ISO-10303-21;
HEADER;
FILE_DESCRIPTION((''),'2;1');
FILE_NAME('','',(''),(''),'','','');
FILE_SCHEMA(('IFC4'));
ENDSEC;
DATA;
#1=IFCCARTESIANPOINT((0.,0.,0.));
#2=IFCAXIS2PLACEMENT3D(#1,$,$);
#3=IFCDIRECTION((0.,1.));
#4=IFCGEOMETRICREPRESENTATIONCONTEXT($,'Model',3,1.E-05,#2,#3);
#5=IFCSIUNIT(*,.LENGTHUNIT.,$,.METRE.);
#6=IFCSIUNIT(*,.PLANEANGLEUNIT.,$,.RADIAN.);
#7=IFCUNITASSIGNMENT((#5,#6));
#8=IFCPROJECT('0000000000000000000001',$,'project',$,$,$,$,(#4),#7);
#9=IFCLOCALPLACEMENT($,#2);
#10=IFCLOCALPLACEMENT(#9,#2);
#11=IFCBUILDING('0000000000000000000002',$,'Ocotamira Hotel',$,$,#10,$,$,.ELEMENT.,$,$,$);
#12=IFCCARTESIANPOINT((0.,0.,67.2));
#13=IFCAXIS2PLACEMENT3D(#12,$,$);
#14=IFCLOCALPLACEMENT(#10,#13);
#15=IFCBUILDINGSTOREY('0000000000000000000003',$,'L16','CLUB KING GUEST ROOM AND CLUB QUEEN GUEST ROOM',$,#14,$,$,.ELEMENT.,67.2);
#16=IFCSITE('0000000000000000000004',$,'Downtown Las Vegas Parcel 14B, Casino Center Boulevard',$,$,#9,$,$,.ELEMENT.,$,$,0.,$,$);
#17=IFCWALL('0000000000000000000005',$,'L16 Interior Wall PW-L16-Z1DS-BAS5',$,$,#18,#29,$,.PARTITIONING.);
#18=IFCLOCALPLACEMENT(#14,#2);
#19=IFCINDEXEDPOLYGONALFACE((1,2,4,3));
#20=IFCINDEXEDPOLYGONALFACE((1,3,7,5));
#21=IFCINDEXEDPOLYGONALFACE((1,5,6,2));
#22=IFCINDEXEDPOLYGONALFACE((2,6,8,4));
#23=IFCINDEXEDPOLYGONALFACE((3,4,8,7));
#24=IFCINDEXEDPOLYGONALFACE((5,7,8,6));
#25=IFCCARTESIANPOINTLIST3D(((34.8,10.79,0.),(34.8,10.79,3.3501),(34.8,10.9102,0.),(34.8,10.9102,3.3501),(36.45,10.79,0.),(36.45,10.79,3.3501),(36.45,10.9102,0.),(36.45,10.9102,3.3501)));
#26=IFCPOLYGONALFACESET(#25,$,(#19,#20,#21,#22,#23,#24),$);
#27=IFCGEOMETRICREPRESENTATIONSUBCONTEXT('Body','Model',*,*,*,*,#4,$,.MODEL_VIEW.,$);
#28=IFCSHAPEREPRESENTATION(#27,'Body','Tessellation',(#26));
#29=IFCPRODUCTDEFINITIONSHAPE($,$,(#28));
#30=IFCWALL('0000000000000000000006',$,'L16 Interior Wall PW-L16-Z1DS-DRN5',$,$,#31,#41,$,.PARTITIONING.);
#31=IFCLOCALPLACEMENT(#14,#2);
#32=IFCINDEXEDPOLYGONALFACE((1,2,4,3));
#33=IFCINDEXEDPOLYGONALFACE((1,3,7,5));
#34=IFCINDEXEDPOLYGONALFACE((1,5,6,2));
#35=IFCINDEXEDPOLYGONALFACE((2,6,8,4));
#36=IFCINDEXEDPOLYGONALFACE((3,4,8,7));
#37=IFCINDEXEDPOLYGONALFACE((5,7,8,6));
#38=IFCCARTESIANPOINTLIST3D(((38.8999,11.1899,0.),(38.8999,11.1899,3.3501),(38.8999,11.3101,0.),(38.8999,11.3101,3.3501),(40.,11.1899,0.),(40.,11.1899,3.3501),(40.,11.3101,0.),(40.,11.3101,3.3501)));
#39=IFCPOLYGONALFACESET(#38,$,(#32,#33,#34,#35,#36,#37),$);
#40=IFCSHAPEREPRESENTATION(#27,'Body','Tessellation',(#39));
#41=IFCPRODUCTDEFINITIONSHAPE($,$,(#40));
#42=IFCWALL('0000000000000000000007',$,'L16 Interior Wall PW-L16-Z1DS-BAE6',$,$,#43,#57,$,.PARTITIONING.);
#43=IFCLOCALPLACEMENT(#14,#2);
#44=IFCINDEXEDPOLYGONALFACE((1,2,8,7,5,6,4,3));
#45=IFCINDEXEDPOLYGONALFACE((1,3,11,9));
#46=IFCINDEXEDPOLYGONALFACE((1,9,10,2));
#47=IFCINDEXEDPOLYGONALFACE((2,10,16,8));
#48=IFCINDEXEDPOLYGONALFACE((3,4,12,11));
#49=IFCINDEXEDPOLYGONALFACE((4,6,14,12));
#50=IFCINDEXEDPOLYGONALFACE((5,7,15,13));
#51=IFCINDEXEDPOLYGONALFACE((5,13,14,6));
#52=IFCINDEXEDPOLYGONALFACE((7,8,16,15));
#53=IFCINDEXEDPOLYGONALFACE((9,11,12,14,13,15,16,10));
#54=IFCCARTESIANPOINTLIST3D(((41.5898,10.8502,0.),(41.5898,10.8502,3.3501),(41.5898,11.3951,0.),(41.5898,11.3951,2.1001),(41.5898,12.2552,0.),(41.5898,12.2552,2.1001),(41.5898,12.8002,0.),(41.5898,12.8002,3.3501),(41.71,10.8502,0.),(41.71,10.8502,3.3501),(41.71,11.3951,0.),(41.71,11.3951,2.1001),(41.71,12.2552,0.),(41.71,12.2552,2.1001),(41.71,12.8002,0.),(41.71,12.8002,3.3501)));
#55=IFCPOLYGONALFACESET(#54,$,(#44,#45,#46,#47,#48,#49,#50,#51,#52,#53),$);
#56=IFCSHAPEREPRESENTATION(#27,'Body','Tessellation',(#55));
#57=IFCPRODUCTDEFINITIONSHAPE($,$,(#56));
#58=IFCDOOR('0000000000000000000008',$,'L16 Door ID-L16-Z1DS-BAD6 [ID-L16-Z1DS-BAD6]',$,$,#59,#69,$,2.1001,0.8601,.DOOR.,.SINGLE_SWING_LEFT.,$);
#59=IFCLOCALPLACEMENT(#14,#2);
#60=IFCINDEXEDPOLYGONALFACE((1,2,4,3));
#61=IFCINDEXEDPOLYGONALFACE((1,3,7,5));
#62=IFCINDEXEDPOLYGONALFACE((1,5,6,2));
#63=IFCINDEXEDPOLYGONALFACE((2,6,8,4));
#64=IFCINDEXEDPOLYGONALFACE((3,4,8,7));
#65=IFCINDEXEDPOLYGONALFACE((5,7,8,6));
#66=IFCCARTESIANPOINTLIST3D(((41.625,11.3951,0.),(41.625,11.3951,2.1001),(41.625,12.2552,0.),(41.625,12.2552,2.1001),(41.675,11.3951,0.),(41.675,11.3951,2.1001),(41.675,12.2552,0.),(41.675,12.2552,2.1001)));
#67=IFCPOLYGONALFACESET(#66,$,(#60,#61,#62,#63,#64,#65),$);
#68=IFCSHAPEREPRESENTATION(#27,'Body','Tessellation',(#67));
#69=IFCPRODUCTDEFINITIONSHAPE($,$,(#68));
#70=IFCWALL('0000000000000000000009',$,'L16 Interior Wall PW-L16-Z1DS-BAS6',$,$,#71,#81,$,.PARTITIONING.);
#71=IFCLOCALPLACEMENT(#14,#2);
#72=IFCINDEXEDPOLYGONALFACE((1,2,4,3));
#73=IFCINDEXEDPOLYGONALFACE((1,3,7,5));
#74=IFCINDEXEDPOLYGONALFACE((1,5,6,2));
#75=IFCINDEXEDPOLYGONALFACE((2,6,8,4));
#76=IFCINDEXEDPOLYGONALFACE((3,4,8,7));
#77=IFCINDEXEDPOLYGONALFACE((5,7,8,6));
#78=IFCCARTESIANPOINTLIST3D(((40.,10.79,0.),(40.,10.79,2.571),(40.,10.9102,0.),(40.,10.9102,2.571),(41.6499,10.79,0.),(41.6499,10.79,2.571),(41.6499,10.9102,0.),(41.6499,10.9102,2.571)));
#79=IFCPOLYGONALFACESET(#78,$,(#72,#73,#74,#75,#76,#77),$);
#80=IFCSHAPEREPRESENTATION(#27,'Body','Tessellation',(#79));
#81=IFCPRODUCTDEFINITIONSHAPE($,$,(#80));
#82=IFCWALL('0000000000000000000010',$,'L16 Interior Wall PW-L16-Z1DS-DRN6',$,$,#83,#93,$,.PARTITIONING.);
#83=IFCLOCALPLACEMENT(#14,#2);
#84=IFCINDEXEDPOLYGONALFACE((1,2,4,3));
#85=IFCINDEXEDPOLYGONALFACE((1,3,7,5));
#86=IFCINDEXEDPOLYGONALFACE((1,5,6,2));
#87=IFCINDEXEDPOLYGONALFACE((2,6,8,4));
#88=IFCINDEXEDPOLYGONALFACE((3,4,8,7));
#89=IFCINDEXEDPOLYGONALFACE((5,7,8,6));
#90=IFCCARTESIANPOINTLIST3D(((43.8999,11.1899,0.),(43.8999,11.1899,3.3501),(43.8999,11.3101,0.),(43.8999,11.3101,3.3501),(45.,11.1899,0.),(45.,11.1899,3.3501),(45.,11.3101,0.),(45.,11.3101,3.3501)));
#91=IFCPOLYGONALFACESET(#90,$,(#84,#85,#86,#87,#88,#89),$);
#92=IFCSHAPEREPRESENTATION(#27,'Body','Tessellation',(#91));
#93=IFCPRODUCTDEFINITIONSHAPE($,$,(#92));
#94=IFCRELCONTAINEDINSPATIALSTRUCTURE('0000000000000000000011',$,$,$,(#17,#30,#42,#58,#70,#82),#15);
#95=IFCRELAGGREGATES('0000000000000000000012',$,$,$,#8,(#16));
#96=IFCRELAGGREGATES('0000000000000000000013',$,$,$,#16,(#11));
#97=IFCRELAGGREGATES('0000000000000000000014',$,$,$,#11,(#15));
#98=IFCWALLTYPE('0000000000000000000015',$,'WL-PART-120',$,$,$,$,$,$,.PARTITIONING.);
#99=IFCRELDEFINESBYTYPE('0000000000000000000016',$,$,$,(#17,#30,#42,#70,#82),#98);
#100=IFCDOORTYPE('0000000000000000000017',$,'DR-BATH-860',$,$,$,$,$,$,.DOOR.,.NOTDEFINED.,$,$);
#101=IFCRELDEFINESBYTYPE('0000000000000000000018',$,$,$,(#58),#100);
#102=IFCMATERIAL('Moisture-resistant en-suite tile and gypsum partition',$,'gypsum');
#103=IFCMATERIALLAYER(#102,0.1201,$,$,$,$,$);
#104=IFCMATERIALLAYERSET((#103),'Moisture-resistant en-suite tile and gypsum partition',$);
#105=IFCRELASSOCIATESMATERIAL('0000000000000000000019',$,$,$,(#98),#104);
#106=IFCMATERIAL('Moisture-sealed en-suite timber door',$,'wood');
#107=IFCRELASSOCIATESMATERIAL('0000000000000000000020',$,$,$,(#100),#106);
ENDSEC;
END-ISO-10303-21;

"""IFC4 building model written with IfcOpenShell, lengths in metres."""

from ifc_helpers import new_model, si_unit, direction, frame, frame_2d, origin, place, context, subcontext, project, spatial, rectangle, extrude, source, transform, mapped, material, layer, layer_set, type_object, element, fill, save


model = new_model("IFC4")

# Units and contexts
model_context = context("Model", 3, precision=1e-05, world=origin(), true_north=direction((0.0, 1.0)))
body_context = subcontext(model_context, "Body", "Model", "MODEL_VIEW")
ifc_project = project(units=[si_unit("LENGTHUNIT", "METRE"), si_unit("PLANEANGLEUNIT", "RADIAN")], contexts=[model_context])

# Site, building, storey
site_placement = place(None, origin())
site = spatial("IfcSite", under=ifc_project, at=site_placement, Name="Downtown Las Vegas Parcel 14B, Casino Center Boulevard", CompositionType="ELEMENT", RefElevation=0.0)
building_placement = place(site_placement, origin())
building = spatial("IfcBuilding", under=site, at=building_placement, Name="Ocotamira Hotel", CompositionType="ELEMENT")
storey_placement = place(building_placement, frame((0.0, 0.0, 67.2)))
storey = spatial("IfcBuildingStorey", under=building, at=storey_placement, Name="L16", Description="CLUB KING GUEST ROOM AND CLUB QUEEN GUEST ROOM", CompositionType="ELEMENT", Elevation=67.2)

# Shared definitions
ifc_material_1 = material(Name="Moisture-resistant en-suite tile and gypsum partition", Category="gypsum")
ifc_layer_1 = layer(ifc_material_1, 0.1201)
ifc_layer_set_1 = layer_set([ifc_layer_1], Name="Moisture-resistant en-suite tile and gypsum partition")
wall_type = type_object("IfcWallType", Name="WL-PART-120", PredefinedType="PARTITIONING", material=ifc_layer_set_1)
ifc_material_2 = material(Name="Moisture-sealed en-suite timber door", Category="wood")
door_type = type_object("IfcDoorType", Name="DR-BATH-860", OperationType="NOTDEFINED", PredefinedType="DOOR", material=ifc_material_2)
shared_shape_1 = source(origin(), body_context, "Body", "SweptSolid", [
    extrude(rectangle(XDim=0.8601, YDim=2.1001, at=frame_2d((0.4302, 1.05))), frame((0.0, 0.0249, 0.0), z_axis=(0.0, -1.0, 0.0), x_axis=(1.0, 0.0, 0.0)), (0.0, 0.0, 1.0), 0.05),
])

# Walls
wall_1_placement = place(storey_placement, frame((34.8, 10.8501, 0.0), z_axis=(0.0, 0.0, 1.0), x_axis=(1.0, 0.0, 0.0)))
element("IfcWall", 1, at=wall_1_placement, inside=storey, type_object=wall_type, Name="L16 Interior Wall PW-L16-Z1DS-BAS5", PredefinedType="PARTITIONING", context=body_context, shape_type="SweptSolid", body=[
    extrude(rectangle(XDim=1.6499, YDim=0.1201, at=frame_2d((0.825, 0.0))), origin(), (0.0, 0.0, 1.0), 3.3501),
])
wall_2_placement = place(storey_placement, frame((38.8999, 11.25, 0.0), z_axis=(0.0, 0.0, 1.0), x_axis=(1.0, 0.0, 0.0)))
element("IfcWall", 2, at=wall_2_placement, inside=storey, type_object=wall_type, Name="L16 Interior Wall PW-L16-Z1DS-DRN5", PredefinedType="PARTITIONING", context=body_context, shape_type="SweptSolid", body=[
    extrude(rectangle(XDim=1.1001, YDim=0.1201, at=frame_2d((0.55, 0.0))), origin(), (0.0, 0.0, 1.0), 3.3501),
])

# Wall, opening, door
wall_3_placement = place(storey_placement, frame((41.6499, 10.8501, 0.0), z_axis=(0.0, 0.0, 1.0), x_axis=(0.0, 1.0, 0.0)))
wall_3 = element("IfcWall", 3, at=wall_3_placement, inside=storey, type_object=wall_type, Name="L16 Interior Wall PW-L16-Z1DS-BAE6", PredefinedType="PARTITIONING", context=body_context, shape_type="SweptSolid", body=[
    extrude(rectangle(XDim=1.95, YDim=0.1201, at=frame_2d((0.9751, 0.0))), origin(), (0.0, 0.0, 1.0), 3.3501),
])
opening_1_placement = place(wall_3_placement, frame((0.5449, 0.0, 0.0)))
opening_1 = element("IfcOpeningElement", 4, at=opening_1_placement, cuts=wall_3, PredefinedType="OPENING", context=body_context, shape_type="SweptSolid", body=[
    extrude(rectangle(XDim=0.8601, YDim=2.1001, at=frame_2d((0.4302, 1.05))), frame((0.0, 0.0701, 0.0), z_axis=(0.0, -1.0, 0.0), x_axis=(1.0, 0.0, 0.0)), (0.0, 0.0, 1.0), 0.1401),
])
door_1_placement = place(opening_1_placement, origin())
door_1 = element("IfcDoor", 5, at=door_1_placement, inside=storey, type_object=door_type, Name="L16 Door ID-L16-Z1DS-BAD6 [ID-L16-Z1DS-BAD6]", OperationType="SINGLE_SWING_LEFT", OverallHeight=2.1001, OverallWidth=0.8601, PredefinedType="DOOR", context=body_context, shape_type="MappedRepresentation", body=[
    mapped(shared_shape_1, transform((0.0, 0.0, 0.0), scale=1.0)),
])
fill(opening_1, door_1)

# Walls
wall_4_placement = place(storey_placement, frame((40.0, 10.8501, 0.0), z_axis=(0.0, 0.0, 1.0), x_axis=(1.0, 0.0, 0.0)))
element("IfcWall", 6, at=wall_4_placement, inside=storey, type_object=wall_type, Name="L16 Interior Wall PW-L16-Z1DS-BAS6", PredefinedType="PARTITIONING", context=body_context, shape_type="SweptSolid", body=[
    extrude(rectangle(XDim=1.6499, YDim=0.1201, at=frame_2d((0.825, 0.0))), origin(), (0.0, 0.0, 1.0), 2.571),
])
wall_5_placement = place(storey_placement, frame((43.8999, 11.25, 0.0), z_axis=(0.0, 0.0, 1.0), x_axis=(1.0, 0.0, 0.0)))
element("IfcWall", 7, at=wall_5_placement, inside=storey, type_object=wall_type, Name="L16 Interior Wall PW-L16-Z1DS-DRN6", PredefinedType="PARTITIONING", context=body_context, shape_type="SweptSolid", body=[
    extrude(rectangle(XDim=1.1001, YDim=0.1201, at=frame_2d((0.55, 0.0))), origin(), (0.0, 0.0, 1.0), 3.3501),
])

save(model, "model.ifc")
